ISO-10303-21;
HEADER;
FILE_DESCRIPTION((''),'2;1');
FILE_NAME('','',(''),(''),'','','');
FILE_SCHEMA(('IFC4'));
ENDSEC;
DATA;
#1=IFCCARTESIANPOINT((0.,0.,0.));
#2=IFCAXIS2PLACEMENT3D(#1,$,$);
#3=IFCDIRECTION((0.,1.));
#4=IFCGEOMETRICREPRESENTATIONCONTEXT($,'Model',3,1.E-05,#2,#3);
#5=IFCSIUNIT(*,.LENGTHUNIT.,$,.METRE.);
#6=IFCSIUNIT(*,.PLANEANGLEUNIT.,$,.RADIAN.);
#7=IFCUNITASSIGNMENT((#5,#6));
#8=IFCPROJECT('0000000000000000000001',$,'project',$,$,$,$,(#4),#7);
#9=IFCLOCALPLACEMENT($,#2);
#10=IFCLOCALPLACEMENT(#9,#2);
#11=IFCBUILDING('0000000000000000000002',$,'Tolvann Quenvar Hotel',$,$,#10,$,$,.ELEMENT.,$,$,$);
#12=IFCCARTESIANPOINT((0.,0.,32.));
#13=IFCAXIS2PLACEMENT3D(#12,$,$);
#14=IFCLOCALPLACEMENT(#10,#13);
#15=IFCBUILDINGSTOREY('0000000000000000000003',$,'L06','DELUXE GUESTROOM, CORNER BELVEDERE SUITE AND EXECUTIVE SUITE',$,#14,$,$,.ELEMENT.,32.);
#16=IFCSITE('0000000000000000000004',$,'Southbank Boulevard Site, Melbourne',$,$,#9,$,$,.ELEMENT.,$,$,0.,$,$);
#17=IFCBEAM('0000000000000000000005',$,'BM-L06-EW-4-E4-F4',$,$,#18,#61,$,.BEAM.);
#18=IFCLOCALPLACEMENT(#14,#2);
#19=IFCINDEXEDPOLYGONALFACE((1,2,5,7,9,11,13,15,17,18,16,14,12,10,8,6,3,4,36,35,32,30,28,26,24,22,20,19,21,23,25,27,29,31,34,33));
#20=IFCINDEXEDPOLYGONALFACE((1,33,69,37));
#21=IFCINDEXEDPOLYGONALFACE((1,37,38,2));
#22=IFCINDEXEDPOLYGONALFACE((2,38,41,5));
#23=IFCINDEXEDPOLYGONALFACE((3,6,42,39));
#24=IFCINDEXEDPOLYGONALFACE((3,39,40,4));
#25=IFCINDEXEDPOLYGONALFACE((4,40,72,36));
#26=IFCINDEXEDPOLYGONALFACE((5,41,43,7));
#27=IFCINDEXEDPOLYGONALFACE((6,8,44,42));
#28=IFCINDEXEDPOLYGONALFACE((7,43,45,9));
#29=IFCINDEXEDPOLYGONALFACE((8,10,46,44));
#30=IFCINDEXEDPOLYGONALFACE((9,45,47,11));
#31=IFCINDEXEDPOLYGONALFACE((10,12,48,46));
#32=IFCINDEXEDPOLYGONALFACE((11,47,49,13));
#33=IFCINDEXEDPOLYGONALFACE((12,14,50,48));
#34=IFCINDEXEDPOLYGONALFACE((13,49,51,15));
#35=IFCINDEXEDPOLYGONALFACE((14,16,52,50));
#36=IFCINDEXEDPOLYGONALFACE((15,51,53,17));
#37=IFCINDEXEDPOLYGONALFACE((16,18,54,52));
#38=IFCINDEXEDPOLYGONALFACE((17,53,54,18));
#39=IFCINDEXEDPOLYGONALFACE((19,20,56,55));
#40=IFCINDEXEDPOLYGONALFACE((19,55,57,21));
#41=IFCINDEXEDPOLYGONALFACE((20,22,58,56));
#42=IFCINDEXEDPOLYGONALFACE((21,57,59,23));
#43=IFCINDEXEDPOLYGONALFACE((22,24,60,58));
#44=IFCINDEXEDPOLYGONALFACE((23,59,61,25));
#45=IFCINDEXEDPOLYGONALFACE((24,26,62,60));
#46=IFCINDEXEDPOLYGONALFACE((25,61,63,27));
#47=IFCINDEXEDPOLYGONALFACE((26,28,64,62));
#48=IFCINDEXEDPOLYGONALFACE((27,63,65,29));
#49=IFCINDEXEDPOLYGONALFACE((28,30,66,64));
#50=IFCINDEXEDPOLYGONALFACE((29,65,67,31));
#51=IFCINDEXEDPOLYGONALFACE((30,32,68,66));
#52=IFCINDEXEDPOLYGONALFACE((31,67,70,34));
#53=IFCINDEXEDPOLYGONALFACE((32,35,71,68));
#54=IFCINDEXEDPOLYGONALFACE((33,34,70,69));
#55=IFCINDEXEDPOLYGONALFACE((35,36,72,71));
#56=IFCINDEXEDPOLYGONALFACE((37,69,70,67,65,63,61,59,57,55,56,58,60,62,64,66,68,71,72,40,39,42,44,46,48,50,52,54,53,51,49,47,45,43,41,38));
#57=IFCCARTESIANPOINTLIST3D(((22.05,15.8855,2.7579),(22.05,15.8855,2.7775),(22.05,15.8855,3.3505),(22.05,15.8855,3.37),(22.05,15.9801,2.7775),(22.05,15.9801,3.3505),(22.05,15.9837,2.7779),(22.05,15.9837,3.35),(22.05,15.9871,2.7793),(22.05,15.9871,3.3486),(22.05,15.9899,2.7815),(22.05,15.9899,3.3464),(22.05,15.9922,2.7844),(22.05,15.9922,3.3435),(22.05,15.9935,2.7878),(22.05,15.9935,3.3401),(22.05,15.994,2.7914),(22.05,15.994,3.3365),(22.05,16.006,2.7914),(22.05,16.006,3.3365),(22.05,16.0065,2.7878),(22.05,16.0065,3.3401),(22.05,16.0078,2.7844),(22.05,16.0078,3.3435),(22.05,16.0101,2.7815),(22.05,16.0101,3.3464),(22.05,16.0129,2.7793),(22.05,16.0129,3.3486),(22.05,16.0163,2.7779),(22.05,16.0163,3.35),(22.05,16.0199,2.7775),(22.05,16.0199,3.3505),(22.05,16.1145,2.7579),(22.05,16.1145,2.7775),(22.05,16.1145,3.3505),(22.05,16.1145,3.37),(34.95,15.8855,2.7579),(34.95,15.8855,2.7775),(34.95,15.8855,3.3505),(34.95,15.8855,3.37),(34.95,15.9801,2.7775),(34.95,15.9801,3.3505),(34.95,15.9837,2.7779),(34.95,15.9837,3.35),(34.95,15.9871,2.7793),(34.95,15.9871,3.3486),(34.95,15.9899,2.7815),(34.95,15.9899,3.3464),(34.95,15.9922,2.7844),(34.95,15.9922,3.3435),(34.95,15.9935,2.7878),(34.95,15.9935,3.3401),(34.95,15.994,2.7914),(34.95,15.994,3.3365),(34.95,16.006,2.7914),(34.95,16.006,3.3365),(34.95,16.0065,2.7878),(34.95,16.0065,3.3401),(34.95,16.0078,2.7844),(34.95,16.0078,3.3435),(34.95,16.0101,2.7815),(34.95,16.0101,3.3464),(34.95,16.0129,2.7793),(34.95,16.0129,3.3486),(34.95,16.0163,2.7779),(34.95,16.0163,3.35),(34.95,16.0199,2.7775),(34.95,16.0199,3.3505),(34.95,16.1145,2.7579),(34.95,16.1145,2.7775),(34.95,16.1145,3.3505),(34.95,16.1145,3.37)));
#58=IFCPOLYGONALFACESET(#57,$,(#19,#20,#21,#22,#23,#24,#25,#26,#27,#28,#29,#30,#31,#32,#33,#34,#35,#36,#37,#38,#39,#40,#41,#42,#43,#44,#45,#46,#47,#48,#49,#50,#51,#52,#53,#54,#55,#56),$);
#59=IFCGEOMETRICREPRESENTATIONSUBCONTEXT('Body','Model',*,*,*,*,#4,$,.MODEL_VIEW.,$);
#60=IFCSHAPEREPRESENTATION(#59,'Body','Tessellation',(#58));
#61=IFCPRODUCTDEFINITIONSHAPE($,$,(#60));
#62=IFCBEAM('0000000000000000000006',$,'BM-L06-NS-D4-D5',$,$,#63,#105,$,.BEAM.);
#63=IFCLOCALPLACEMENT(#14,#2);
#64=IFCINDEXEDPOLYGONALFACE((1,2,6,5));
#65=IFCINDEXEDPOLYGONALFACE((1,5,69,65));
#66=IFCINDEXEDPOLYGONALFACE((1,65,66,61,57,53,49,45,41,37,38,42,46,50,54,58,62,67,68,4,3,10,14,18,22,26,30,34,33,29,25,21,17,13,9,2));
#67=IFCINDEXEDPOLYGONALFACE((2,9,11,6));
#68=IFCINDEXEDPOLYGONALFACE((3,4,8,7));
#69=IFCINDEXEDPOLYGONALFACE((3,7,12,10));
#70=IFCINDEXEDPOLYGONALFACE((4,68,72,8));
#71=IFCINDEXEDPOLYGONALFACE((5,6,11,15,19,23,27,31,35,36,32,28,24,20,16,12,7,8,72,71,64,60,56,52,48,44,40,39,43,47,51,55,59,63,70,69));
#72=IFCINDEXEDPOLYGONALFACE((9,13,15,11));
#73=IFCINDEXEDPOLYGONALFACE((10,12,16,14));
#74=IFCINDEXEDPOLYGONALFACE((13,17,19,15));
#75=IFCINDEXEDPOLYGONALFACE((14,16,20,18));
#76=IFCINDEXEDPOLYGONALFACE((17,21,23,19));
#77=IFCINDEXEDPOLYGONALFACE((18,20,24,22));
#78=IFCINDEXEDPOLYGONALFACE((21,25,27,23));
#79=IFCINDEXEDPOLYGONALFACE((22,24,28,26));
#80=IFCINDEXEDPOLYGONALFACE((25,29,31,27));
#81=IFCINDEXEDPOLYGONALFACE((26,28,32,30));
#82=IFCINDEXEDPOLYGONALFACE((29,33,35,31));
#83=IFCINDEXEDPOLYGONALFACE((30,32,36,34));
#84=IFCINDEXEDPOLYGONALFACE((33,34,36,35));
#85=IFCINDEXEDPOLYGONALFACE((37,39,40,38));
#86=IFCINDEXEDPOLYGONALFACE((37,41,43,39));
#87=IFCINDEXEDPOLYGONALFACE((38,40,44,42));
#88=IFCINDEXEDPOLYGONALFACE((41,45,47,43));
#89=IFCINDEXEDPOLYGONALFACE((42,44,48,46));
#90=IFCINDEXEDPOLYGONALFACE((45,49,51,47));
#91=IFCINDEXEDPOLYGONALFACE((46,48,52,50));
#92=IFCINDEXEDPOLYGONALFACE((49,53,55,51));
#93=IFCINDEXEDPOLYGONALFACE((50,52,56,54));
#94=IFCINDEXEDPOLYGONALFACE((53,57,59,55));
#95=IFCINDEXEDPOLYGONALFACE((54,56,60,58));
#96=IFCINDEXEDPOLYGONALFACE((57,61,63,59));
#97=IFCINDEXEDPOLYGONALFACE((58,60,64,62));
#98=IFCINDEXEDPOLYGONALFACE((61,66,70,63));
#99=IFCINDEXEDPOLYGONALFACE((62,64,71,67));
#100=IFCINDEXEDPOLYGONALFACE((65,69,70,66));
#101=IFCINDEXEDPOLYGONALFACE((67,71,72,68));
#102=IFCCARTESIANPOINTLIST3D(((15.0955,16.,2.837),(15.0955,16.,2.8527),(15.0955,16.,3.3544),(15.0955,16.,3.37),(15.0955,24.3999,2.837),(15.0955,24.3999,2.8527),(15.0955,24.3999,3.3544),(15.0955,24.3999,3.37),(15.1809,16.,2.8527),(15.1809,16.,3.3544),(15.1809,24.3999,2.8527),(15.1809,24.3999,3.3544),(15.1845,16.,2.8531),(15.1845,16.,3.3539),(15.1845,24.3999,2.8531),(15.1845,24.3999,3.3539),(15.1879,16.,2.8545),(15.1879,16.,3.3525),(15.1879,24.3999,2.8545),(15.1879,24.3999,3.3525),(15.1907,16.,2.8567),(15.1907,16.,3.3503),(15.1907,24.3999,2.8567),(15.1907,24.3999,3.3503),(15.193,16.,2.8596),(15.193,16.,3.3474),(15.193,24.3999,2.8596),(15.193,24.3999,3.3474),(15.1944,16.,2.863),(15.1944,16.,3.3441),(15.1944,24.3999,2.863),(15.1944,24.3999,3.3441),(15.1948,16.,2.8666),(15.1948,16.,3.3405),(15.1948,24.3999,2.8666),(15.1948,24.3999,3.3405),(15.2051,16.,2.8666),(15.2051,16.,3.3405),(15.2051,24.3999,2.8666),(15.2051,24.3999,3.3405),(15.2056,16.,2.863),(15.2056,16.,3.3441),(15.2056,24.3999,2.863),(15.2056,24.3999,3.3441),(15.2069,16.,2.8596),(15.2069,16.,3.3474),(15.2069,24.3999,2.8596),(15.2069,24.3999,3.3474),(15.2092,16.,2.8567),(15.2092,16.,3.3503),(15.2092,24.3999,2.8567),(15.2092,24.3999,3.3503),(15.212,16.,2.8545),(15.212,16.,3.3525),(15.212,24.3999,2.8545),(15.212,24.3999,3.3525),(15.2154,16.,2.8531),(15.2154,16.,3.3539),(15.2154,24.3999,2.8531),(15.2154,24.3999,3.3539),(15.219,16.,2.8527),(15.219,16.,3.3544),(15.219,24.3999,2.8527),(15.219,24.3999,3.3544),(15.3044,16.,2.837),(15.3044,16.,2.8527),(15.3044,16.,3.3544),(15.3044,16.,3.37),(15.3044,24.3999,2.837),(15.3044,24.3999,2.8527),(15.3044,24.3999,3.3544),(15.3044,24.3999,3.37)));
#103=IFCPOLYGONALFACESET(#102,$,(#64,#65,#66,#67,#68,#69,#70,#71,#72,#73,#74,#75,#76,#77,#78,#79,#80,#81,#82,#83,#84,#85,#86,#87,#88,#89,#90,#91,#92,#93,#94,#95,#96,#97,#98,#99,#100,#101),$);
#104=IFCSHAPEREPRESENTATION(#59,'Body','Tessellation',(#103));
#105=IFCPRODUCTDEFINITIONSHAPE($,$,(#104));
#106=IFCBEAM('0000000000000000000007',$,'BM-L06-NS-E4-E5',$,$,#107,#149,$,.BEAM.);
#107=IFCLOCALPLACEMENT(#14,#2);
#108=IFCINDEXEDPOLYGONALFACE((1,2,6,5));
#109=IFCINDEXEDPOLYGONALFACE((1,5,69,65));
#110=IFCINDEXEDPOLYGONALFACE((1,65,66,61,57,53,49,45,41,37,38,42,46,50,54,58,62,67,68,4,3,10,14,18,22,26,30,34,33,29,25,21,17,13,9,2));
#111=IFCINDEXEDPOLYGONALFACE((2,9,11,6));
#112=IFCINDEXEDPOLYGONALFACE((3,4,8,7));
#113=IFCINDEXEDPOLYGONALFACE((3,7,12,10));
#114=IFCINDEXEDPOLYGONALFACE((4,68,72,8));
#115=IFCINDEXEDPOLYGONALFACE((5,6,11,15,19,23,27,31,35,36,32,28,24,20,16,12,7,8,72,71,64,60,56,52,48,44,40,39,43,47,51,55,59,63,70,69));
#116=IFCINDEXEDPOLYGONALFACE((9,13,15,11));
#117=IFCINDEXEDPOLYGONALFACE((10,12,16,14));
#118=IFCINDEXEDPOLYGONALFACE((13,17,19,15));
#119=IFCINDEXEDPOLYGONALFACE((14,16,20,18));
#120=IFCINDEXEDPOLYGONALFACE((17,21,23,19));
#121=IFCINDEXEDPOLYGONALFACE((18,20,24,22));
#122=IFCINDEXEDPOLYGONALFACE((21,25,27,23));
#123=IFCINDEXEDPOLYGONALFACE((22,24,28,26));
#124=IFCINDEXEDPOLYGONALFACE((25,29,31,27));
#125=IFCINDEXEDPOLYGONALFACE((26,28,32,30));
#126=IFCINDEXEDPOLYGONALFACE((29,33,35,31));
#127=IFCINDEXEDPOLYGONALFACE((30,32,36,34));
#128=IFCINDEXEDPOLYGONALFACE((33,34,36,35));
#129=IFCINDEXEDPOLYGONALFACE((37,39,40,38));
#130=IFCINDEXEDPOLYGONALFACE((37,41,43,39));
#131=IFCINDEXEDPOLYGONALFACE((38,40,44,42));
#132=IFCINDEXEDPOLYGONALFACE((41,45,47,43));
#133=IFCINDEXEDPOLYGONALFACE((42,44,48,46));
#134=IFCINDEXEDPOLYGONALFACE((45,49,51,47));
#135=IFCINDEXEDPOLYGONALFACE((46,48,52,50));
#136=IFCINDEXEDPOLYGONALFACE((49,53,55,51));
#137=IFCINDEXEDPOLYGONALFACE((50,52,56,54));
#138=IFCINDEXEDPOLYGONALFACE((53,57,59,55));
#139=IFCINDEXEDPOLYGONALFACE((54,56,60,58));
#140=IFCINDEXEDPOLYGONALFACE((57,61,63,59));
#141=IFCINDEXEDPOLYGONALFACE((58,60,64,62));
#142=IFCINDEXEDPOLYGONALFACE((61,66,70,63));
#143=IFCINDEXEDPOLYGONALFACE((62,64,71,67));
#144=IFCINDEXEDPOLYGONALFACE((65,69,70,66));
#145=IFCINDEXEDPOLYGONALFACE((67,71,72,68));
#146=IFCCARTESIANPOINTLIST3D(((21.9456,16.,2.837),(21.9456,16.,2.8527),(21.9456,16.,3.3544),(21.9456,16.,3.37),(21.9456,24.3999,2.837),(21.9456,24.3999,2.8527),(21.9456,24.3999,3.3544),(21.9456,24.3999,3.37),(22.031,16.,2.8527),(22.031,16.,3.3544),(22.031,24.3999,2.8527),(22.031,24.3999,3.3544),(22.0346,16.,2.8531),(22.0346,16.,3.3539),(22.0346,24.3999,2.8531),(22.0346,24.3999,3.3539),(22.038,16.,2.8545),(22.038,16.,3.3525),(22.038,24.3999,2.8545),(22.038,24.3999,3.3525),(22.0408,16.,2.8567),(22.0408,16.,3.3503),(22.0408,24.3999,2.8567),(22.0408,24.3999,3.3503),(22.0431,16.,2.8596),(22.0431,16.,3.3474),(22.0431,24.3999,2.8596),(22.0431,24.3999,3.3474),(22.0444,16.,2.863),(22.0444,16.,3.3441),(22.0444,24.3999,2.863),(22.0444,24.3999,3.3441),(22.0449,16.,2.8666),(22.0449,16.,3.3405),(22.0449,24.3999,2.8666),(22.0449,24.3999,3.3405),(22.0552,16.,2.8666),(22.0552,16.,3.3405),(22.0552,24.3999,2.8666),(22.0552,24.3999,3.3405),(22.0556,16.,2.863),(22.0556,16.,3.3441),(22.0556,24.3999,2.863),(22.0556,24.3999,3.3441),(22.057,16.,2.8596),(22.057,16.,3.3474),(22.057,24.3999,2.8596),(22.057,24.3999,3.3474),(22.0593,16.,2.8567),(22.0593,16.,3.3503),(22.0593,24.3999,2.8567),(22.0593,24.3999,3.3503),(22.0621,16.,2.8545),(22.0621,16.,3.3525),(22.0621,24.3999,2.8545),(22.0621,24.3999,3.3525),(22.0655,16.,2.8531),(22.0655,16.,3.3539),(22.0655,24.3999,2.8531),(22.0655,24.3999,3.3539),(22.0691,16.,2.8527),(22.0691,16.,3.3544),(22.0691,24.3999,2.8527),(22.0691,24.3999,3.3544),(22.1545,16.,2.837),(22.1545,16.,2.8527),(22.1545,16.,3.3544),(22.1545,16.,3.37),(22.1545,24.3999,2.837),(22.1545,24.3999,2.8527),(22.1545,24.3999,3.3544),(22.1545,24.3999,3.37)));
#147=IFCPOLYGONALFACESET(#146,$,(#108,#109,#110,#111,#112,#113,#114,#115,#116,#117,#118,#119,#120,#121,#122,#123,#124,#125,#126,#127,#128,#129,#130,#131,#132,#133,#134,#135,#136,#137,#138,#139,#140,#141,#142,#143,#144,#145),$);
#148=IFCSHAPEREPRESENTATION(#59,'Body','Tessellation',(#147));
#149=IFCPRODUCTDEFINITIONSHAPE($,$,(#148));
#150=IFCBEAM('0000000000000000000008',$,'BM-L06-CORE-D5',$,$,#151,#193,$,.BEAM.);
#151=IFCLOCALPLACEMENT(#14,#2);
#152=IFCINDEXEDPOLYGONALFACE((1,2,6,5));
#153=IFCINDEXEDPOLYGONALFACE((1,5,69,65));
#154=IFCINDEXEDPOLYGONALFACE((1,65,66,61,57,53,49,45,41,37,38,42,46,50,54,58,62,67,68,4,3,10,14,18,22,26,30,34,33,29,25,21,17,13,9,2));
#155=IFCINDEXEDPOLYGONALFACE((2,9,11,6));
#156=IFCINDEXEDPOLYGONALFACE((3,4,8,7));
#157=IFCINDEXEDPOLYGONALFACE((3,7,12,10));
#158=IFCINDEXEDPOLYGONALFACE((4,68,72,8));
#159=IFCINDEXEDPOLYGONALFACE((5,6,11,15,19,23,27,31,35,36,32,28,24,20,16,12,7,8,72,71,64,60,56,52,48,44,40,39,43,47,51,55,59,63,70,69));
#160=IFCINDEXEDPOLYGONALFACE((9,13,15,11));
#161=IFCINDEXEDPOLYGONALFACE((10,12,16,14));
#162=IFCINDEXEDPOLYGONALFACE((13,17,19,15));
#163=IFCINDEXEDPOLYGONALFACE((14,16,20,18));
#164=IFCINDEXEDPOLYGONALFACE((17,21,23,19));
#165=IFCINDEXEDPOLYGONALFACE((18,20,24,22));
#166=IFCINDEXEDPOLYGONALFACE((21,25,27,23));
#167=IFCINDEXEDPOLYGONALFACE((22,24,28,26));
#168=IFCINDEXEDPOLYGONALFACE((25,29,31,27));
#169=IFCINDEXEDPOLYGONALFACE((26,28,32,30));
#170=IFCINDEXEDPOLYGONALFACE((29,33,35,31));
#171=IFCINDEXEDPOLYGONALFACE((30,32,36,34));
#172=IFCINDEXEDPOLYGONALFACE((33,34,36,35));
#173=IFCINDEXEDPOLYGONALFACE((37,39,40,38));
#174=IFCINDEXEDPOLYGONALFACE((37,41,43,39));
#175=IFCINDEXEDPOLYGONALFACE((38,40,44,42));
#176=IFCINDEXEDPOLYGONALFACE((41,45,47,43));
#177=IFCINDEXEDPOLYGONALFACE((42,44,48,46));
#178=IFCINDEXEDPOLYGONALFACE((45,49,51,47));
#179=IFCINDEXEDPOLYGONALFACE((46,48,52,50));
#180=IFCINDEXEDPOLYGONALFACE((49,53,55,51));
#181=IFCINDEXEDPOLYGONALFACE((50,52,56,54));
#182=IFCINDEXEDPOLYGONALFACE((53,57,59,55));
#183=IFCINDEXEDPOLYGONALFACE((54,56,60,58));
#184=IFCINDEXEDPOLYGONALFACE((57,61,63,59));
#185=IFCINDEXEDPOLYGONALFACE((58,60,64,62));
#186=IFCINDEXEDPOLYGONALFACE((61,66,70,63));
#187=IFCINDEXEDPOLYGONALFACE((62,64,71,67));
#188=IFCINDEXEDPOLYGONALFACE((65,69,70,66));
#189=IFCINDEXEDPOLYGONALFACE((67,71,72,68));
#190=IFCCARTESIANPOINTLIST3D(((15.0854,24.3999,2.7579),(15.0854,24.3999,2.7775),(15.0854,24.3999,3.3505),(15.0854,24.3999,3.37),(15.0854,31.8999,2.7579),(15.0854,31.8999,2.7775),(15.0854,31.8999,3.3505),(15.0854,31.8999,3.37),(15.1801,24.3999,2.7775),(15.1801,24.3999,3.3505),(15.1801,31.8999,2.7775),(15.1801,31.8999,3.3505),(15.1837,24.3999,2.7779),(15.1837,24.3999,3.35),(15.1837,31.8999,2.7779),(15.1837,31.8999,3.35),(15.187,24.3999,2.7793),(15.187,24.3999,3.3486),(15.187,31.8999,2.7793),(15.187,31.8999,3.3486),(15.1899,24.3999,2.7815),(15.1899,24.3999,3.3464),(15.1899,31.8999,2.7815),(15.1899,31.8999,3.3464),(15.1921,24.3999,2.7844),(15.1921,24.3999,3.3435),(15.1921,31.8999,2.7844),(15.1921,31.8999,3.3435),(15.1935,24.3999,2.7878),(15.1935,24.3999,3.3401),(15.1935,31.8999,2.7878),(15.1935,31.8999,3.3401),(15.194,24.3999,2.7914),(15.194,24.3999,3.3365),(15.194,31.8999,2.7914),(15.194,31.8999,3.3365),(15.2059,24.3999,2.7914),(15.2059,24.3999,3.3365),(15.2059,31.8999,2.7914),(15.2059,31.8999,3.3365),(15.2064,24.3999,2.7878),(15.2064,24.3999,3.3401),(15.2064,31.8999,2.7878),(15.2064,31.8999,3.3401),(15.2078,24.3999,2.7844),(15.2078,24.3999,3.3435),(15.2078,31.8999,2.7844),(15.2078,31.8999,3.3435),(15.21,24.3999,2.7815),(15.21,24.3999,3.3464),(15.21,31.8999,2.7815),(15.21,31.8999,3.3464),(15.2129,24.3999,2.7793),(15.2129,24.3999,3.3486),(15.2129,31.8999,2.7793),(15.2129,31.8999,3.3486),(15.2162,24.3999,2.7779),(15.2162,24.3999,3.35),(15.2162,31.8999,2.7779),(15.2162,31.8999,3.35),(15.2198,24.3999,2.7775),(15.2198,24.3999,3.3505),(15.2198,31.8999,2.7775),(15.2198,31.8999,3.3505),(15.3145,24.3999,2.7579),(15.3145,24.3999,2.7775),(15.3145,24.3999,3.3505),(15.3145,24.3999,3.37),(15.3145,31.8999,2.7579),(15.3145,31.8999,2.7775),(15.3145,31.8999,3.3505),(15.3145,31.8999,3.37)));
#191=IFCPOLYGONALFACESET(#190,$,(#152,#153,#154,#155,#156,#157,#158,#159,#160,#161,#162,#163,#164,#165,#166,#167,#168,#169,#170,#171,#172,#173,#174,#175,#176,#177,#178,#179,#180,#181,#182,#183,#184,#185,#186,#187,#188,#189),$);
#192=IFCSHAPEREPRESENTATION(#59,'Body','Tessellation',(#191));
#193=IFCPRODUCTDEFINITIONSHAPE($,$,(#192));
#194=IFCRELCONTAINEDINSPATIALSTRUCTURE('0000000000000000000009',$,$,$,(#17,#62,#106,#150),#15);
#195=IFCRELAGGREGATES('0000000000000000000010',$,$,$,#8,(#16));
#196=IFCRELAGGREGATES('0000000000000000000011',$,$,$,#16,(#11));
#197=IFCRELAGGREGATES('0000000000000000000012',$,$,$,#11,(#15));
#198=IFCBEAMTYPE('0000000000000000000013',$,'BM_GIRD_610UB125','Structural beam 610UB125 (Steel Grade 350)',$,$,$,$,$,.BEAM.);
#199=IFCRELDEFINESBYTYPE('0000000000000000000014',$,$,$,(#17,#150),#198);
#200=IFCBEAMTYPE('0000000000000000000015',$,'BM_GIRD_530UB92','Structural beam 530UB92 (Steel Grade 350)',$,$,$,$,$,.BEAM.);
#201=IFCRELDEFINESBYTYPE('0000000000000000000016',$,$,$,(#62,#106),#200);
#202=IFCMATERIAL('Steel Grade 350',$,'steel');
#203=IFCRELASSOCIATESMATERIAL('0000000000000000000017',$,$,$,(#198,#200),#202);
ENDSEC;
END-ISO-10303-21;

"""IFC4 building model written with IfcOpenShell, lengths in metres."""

from ifc_helpers import new_model, si_unit, direction, frame, origin, origin_2d, place, context, subcontext, project, spatial, i_section, extrude, source, transform, mapped, material, material_profile, profile_set, type_object, type_shapes, element, save


model = new_model("IFC4")

# Units and contexts
model_context = context("Model", 3, precision=1e-05, world=origin(), true_north=direction((0.0, 1.0)))
body_context = subcontext(model_context, "Body", "Model", "MODEL_VIEW")
ifc_project = project(units=[si_unit("LENGTHUNIT", "METRE"), si_unit("PLANEANGLEUNIT", "RADIAN")], contexts=[model_context])

# Site, building, storey
site_placement = place(None, origin())
site = spatial("IfcSite", under=ifc_project, at=site_placement, Name="Southbank Boulevard Site, Melbourne", CompositionType="ELEMENT", RefElevation=0.0)
building_placement = place(site_placement, origin())
building = spatial("IfcBuilding", under=site, at=building_placement, Name="Tolvann Quenvar Hotel", CompositionType="ELEMENT")
storey_placement = place(building_placement, frame((0.0, 0.0, 32.0)))
storey = spatial("IfcBuildingStorey", under=building, at=storey_placement, Name="L06", Description="DELUXE GUESTROOM, CORNER BELVEDERE SUITE AND EXECUTIVE SUITE", CompositionType="ELEMENT", Elevation=32.0)

# Shared definitions
ifc_material_1 = material(Name="Steel Grade 350", Category="steel")

# Beams
ifc_material_profile_1 = material_profile(ifc_material_1, i_section(OverallWidth=0.229, OverallDepth=0.6121, WebThickness=0.012, FlangeThickness=0.0195, FilletRadius=0.0139, at=origin_2d()), Name="610UB125")
ifc_profile_set_1 = profile_set([ifc_material_profile_1], Name="Steel Grade 350")
beam_type_1 = type_object("IfcBeamType", Name="BM_GIRD_610UB125", Description="Structural beam 610UB125 (Steel Grade 350)", PredefinedType="BEAM", material=ifc_profile_set_1)
shared_shape_1 = source(origin(), body_context, "Body", "SweptSolid", [
    extrude(i_section(OverallWidth=0.229, OverallDepth=0.6121, WebThickness=0.012, FlangeThickness=0.0195, FilletRadius=0.0139, at=origin_2d()), origin(), (0.0, 0.0, 1.0), 12.8999),
])
beam_1_placement = place(storey_placement, frame((22.05, 16.0, 3.064), z_axis=(1.0, 0.0, 0.0), x_axis=(0.0, 1.0, 0.0)))
element("IfcBeam", 1, at=beam_1_placement, inside=storey, type_object=beam_type_1, Name="BM-L06-EW-4-E4-F4", PredefinedType="BEAM", context=body_context, shape_type="MappedRepresentation", body=[
    mapped(shared_shape_1, transform((0.0, 0.0, 0.0), x_axis=(1.0, 0.0, 0.0), y_axis=(0.0, 1.0, 0.0), z_axis=(0.0, 0.0, 1.0), scale=1.0)),
])
ifc_material_profile_2 = material_profile(ifc_material_1, i_section(OverallWidth=0.209, OverallDepth=0.533, WebThickness=0.0103, FlangeThickness=0.0156, FilletRadius=0.0139, at=origin_2d()), Name="530UB92")
ifc_profile_set_2 = profile_set([ifc_material_profile_2], Name="Steel Grade 350")
beam_type_2 = type_object("IfcBeamType", Name="BM_GIRD_530UB92", Description="Structural beam 530UB92 (Steel Grade 350)", PredefinedType="BEAM", material=ifc_profile_set_2)
shared_shape_2 = source(origin(), body_context, "Body", "SweptSolid", [
    extrude(i_section(OverallWidth=0.209, OverallDepth=0.533, WebThickness=0.0103, FlangeThickness=0.0156, FilletRadius=0.0139, at=origin_2d()), origin(), (0.0, 0.0, 1.0), 8.3999),
])
type_shapes(beam_type_2, [shared_shape_2])
for number, where, z_axis, x_axis, name in (
    (2, (15.2, 16.0, 3.1035), (0.0, 1.0, 0.0), (-1.0, 0.0, 0.0), "BM-L06-NS-D4-D5"),
    (3, (22.05, 16.0, 3.1035), (0.0, 1.0, 0.0), (-1.0, 0.0, 0.0), "BM-L06-NS-E4-E5"),
):
    element("IfcBeam", number, at=place(storey_placement, frame(where, z_axis=z_axis, x_axis=x_axis)), inside=storey, type_object=beam_type_2, Name=name, PredefinedType="BEAM", context=body_context, shape_type="MappedRepresentation", body=[
        mapped(shared_shape_2, transform((0.0, 0.0, 0.0), x_axis=(1.0, 0.0, 0.0), y_axis=(0.0, 1.0, 0.0), z_axis=(0.0, 0.0, 1.0), scale=1.0)),
    ])
shared_shape_3 = source(origin(), body_context, "Body", "SweptSolid", [
    extrude(i_section(OverallWidth=0.229, OverallDepth=0.6121, WebThickness=0.012, FlangeThickness=0.0195, FilletRadius=0.0139, at=origin_2d()), origin(), (0.0, 0.0, 1.0), 7.5),
])
beam_2_placement = place(storey_placement, frame((15.2, 24.3999, 3.064), z_axis=(0.0, 1.0, 0.0), x_axis=(-1.0, 0.0, 0.0)))
element("IfcBeam", 4, at=beam_2_placement, inside=storey, type_object=beam_type_1, Name="BM-L06-CORE-D5", PredefinedType="BEAM", context=body_context, shape_type="MappedRepresentation", body=[
    mapped(shared_shape_3, transform((0.0, 0.0, 0.0), x_axis=(1.0, 0.0, 0.0), y_axis=(0.0, 1.0, 0.0), z_axis=(0.0, 0.0, 1.0), scale=1.0)),
])

save(model, "model.ifc")
